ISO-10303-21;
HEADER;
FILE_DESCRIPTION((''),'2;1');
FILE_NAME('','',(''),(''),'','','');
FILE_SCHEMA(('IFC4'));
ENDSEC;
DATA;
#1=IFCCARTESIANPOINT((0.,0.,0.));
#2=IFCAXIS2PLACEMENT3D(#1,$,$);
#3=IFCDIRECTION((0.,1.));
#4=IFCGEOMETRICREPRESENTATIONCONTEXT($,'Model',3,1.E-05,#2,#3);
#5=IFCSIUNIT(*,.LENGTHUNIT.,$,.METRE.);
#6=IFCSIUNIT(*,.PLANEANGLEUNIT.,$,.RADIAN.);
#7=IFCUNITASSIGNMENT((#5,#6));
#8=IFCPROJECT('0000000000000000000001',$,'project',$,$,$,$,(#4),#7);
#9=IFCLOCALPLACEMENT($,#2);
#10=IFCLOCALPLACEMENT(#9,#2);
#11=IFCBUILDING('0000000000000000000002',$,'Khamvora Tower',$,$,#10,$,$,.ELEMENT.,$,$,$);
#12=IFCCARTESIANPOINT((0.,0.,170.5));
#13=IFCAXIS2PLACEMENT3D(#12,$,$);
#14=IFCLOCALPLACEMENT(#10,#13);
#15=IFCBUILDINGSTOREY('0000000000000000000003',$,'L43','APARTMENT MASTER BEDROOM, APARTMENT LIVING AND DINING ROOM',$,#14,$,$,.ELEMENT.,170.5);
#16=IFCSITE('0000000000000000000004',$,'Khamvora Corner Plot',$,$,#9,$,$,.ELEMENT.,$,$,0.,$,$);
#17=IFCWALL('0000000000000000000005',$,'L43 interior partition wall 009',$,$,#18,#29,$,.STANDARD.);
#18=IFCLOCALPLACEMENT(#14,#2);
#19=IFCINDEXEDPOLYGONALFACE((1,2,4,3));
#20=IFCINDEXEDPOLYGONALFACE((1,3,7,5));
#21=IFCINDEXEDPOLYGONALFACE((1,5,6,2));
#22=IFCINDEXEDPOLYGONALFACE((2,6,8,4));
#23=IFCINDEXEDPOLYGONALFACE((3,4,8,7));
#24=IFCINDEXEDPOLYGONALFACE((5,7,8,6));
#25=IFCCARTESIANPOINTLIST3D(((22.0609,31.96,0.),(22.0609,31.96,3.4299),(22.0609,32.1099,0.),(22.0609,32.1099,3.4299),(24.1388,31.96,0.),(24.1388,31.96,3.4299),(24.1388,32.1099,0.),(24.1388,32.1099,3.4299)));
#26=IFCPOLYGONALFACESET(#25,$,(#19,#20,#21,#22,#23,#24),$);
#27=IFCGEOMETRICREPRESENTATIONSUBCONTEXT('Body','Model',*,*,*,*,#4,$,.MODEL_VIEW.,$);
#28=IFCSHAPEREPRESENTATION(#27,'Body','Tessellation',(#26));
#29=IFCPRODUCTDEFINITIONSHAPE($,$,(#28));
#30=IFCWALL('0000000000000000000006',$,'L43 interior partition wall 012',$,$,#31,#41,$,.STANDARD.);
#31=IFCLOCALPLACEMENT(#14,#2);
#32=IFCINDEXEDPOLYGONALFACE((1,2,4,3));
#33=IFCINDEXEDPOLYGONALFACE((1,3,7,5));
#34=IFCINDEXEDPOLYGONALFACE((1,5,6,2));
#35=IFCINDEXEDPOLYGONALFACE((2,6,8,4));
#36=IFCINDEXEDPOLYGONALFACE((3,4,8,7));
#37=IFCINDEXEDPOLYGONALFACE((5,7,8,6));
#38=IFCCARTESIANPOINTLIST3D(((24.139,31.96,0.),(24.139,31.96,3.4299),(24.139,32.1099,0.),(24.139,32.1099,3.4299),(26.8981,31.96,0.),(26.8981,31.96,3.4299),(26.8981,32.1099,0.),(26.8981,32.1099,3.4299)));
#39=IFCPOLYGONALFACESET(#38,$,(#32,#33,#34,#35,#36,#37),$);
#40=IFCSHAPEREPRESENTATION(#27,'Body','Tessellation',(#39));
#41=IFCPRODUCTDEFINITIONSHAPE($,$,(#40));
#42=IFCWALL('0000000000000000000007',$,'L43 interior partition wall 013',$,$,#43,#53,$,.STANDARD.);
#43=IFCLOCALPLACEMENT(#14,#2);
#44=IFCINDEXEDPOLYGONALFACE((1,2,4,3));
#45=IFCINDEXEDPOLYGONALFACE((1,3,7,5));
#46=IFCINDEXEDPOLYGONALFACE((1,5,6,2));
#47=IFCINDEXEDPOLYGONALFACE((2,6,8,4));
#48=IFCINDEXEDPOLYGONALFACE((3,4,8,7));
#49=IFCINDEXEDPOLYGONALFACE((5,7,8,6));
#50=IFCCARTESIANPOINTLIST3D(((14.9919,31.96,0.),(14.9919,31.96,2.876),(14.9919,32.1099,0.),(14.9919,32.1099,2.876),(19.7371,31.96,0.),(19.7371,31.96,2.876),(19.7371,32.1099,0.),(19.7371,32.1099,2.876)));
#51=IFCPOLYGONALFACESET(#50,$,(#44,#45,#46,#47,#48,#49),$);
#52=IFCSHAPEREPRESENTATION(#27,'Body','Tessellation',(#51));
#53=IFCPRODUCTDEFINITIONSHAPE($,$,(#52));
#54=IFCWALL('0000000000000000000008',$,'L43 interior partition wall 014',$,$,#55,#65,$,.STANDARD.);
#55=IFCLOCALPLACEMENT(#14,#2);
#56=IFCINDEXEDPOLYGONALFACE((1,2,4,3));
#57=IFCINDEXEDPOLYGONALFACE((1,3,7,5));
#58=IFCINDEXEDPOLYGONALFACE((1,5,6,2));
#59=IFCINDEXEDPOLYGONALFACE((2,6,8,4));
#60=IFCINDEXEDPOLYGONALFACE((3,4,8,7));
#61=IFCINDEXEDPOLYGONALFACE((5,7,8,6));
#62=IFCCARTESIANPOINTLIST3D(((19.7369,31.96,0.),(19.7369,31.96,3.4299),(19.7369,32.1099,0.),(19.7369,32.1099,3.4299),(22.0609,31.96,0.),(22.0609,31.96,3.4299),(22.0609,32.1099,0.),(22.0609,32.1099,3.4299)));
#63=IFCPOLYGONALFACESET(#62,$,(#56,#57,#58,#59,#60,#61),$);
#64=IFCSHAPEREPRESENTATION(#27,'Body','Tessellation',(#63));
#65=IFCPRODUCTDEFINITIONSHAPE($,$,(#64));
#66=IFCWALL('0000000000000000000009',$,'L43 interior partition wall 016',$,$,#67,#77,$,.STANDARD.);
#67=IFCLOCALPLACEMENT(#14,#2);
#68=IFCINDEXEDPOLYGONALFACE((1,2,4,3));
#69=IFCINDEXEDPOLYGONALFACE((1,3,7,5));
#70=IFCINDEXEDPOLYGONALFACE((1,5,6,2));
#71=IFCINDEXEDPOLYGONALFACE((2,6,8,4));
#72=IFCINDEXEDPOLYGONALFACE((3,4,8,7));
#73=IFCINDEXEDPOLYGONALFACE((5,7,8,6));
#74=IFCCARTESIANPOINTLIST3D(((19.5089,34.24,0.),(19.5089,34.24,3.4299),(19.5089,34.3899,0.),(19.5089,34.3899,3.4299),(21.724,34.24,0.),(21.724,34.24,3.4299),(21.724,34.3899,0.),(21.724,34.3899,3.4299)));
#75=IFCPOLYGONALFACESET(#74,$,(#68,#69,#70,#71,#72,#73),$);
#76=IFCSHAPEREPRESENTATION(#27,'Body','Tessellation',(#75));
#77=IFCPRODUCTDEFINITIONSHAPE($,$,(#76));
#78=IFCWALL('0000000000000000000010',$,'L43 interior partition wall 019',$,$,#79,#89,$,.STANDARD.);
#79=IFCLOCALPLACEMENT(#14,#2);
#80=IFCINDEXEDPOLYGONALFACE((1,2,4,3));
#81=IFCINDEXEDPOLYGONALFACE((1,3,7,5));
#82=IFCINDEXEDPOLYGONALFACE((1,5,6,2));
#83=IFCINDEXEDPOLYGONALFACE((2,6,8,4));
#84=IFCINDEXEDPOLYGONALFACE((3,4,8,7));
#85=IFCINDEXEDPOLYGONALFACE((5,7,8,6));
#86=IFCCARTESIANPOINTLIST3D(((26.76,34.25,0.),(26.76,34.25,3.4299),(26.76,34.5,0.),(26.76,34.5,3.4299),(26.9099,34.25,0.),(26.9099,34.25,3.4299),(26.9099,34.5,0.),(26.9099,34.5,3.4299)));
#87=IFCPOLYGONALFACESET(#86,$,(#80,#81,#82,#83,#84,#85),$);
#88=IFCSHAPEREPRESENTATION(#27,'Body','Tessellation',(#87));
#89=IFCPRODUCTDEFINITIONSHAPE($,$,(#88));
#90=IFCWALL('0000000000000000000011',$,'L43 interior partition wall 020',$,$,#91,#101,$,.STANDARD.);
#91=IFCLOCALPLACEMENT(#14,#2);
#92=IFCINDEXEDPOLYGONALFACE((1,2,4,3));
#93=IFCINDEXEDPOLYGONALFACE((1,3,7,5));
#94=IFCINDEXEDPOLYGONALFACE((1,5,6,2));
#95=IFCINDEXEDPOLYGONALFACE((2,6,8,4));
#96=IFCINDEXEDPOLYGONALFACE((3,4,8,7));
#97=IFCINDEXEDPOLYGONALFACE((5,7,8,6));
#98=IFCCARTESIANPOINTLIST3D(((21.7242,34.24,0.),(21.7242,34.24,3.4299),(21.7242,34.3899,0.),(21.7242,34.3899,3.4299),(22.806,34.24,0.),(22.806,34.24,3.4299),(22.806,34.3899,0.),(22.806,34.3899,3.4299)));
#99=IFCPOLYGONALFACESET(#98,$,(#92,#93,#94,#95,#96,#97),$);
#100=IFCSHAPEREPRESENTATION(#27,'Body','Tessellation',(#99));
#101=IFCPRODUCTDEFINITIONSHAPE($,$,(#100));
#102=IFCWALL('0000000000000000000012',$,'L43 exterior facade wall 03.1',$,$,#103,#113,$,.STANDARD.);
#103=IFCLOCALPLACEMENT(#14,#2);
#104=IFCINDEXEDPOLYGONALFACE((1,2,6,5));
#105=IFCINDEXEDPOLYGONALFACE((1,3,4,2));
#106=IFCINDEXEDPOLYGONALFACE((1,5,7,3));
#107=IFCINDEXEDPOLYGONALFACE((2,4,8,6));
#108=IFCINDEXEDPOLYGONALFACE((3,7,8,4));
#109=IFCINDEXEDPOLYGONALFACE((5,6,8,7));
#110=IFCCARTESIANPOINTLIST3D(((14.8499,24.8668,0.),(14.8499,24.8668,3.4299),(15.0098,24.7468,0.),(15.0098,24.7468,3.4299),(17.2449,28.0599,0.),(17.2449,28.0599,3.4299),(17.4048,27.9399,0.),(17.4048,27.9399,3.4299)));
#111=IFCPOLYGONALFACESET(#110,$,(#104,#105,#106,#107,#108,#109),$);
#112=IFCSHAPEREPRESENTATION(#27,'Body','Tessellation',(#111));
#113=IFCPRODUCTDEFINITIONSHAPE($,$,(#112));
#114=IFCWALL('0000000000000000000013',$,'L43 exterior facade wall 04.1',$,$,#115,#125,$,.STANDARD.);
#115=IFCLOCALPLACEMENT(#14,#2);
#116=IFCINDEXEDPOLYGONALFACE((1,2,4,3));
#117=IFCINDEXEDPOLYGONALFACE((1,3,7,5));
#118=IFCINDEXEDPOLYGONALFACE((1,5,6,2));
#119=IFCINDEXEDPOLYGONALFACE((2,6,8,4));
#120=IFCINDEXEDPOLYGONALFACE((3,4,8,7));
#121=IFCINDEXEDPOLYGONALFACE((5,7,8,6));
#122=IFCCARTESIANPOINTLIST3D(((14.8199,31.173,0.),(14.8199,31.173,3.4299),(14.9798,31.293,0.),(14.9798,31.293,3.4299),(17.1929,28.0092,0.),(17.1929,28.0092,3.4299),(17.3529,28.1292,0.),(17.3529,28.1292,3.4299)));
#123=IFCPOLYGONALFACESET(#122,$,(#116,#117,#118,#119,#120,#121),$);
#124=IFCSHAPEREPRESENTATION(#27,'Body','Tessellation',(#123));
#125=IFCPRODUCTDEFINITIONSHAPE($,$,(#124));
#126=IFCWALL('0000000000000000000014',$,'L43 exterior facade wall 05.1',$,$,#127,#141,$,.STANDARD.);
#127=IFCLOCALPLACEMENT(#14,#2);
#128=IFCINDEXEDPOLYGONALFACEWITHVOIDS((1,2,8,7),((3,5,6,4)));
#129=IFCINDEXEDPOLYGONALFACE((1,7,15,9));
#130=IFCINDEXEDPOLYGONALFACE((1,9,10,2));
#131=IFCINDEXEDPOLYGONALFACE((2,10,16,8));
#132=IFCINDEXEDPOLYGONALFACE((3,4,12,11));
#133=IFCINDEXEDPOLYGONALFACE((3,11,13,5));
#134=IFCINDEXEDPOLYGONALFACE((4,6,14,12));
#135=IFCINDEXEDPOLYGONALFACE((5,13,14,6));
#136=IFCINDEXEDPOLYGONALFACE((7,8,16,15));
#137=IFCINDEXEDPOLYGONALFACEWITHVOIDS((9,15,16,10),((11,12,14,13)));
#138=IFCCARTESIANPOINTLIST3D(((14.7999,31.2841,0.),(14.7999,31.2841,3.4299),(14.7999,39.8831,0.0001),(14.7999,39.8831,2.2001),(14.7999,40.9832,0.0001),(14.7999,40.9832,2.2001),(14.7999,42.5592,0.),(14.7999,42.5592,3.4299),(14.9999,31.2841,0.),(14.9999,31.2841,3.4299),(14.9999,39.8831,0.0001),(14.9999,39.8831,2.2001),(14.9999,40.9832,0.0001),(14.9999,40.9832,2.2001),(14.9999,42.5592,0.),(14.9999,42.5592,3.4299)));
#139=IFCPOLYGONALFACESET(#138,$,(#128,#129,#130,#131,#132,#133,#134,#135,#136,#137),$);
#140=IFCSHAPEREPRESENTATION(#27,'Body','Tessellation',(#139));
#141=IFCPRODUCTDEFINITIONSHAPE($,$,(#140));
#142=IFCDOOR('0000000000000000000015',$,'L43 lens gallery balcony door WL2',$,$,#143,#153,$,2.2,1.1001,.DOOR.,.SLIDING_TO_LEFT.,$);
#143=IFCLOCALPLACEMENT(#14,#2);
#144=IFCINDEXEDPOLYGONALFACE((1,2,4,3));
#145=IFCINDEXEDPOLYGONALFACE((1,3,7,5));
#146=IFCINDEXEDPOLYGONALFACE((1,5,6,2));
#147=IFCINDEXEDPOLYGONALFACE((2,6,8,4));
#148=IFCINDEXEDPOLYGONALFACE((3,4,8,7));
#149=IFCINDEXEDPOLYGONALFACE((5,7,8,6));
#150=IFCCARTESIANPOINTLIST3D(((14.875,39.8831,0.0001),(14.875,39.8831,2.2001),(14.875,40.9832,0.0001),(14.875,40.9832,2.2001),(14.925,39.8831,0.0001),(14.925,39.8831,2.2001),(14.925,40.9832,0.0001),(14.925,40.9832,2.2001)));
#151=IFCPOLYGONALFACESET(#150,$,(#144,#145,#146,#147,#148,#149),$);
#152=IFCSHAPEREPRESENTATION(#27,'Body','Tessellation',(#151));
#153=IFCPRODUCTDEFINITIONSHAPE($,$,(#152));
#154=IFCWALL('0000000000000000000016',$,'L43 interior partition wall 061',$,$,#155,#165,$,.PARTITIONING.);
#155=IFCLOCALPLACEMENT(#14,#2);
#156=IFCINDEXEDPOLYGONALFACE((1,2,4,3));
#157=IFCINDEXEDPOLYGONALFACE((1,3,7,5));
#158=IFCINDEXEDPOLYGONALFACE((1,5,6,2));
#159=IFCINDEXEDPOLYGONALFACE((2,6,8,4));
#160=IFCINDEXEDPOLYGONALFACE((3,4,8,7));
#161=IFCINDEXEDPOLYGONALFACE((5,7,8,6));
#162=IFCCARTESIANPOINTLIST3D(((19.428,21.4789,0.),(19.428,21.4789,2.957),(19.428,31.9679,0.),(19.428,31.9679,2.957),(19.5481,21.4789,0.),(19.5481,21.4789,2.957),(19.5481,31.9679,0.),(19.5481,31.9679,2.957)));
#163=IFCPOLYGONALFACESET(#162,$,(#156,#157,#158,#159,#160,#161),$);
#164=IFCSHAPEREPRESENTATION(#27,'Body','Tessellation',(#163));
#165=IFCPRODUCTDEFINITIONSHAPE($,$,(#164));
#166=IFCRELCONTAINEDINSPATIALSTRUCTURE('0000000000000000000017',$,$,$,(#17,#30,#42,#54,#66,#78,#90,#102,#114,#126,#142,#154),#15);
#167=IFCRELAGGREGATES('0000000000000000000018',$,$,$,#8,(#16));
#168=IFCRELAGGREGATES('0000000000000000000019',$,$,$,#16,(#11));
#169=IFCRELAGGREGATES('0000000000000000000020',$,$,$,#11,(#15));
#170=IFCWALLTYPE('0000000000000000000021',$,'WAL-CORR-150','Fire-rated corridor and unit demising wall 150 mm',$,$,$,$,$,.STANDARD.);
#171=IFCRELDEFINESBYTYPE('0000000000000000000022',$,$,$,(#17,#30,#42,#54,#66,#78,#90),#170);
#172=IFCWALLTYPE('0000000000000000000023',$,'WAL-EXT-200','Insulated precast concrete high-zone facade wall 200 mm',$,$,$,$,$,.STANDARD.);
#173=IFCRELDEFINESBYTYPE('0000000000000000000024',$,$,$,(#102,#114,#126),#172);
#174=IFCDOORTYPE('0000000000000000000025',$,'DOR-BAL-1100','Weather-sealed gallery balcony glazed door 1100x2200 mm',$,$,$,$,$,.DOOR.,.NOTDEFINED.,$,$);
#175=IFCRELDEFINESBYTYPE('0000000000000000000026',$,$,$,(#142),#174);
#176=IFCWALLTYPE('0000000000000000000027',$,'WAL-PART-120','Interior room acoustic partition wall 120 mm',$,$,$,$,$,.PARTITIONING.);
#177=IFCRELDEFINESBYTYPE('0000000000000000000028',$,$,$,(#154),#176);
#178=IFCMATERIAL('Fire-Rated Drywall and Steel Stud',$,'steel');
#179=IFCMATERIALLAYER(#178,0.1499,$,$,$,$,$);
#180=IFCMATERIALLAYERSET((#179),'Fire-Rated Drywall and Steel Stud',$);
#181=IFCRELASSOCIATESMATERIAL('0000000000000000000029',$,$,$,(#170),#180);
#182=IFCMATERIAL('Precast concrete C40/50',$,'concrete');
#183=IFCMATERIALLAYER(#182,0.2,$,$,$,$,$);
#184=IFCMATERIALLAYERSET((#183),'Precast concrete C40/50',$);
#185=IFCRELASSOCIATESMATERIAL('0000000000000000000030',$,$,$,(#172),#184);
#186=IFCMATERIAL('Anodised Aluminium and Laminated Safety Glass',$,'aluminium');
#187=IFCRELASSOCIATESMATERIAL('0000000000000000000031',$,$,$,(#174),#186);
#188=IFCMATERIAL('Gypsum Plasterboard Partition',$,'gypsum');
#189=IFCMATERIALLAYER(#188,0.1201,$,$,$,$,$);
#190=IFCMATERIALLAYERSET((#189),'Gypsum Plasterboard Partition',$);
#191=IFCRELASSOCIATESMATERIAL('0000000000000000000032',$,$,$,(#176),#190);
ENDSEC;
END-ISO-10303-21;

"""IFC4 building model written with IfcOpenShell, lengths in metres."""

from ifc_helpers import new_model, si_unit, direction, frame, frame_2d, origin, place, context, subcontext, project, spatial, rectangle, extrude, material, layer, layer_set, type_object, element, fill, save


model = new_model("IFC4")

# Units and contexts
model_context = context("Model", 3, precision=1e-05, world=origin(), true_north=direction((0.0, 1.0)))
body_context = subcontext(model_context, "Body", "Model", "MODEL_VIEW")
ifc_project = project(units=[si_unit("LENGTHUNIT", "METRE"), si_unit("PLANEANGLEUNIT", "RADIAN")], contexts=[model_context])

# Site, building, storey
site_placement = place(None, origin())
site = spatial("IfcSite", under=ifc_project, at=site_placement, Name="Khamvora Corner Plot", CompositionType="ELEMENT", RefElevation=0.0)
building_placement = place(site_placement, origin())
building = spatial("IfcBuilding", under=site, at=building_placement, Name="Khamvora Tower", CompositionType="ELEMENT")
storey_placement = place(building_placement, frame((0.0, 0.0, 170.5)))
storey = spatial("IfcBuildingStorey", under=building, at=storey_placement, Name="L43", Description="APARTMENT MASTER BEDROOM, APARTMENT LIVING AND DINING ROOM", CompositionType="ELEMENT", Elevation=170.5)

# Walls
ifc_material_1 = material(Name="Fire-Rated Drywall and Steel Stud", Category="steel")
ifc_layer_1 = layer(ifc_material_1, 0.1499)
ifc_layer_set_1 = layer_set([ifc_layer_1], Name="Fire-Rated Drywall and Steel Stud")
wall_type_1 = type_object("IfcWallType", Name="WAL-CORR-150", Description="Fire-rated corridor and unit demising wall 150 mm", PredefinedType="STANDARD", material=ifc_layer_set_1)
wall_1_placement = place(storey_placement, frame((24.1389, 32.0349, 0.0), z_axis=(0.0, 0.0, 1.0), x_axis=(-1.0, 0.0, 0.0)))
element("IfcWall", 1, at=wall_1_placement, inside=storey, type_object=wall_type_1, Name="L43 interior partition wall 009", PredefinedType="STANDARD", context=body_context, shape_type="SweptSolid", body=[
    extrude(rectangle(XDim=2.0779, YDim=0.1499, at=frame_2d((1.0391, 0.0))), origin(), (0.0, 0.0, 1.0), 3.4299),
])
wall_2_placement = place(storey_placement, frame((26.8979, 32.0349, 0.0), z_axis=(0.0, 0.0, 1.0), x_axis=(-1.0, 0.0, 0.0)))
element("IfcWall", 2, at=wall_2_placement, inside=storey, type_object=wall_type_1, Name="L43 interior partition wall 012", PredefinedType="STANDARD", context=body_context, shape_type="SweptSolid", body=[
    extrude(rectangle(XDim=2.759, YDim=0.1499, at=frame_2d((1.3794, 0.0))), origin(), (0.0, 0.0, 1.0), 3.4299),
])
wall_3_placement = place(storey_placement, frame((19.7371, 32.0349, 0.0), z_axis=(0.0, 0.0, 1.0), x_axis=(-1.0, 0.0, 0.0)))
element("IfcWall", 3, at=wall_3_placement, inside=storey, type_object=wall_type_1, Name="L43 interior partition wall 013", PredefinedType="STANDARD", context=body_context, shape_type="SweptSolid", body=[
    extrude(rectangle(XDim=4.7451, YDim=0.1499, at=frame_2d((2.3726, 0.0))), origin(), (0.0, 0.0, 1.0), 2.876),
])
wall_4_placement = place(storey_placement, frame((22.061, 32.0349, 0.0), z_axis=(0.0, 0.0, 1.0), x_axis=(-1.0, 0.0, 0.0)))
element("IfcWall", 4, at=wall_4_placement, inside=storey, type_object=wall_type_1, Name="L43 interior partition wall 014", PredefinedType="STANDARD", context=body_context, shape_type="SweptSolid", body=[
    extrude(rectangle(XDim=2.324, YDim=0.1499, at=frame_2d((1.1621, 0.0))), origin(), (0.0, 0.0, 1.0), 3.4299),
])

# Wall
wall_5_placement = place(storey_placement, frame((19.509, 34.3149, 0.0), z_axis=(0.0, 0.0, 1.0), x_axis=(1.0, 0.0, 0.0)))
element("IfcWall", 5, at=wall_5_placement, inside=storey, type_object=wall_type_1, Name="L43 interior partition wall 016", PredefinedType="STANDARD", context=body_context, shape_type="SweptSolid", body=[
    extrude(rectangle(XDim=2.2151, YDim=0.1499, at=frame_2d((1.1074, 0.0))), origin(), (0.0, 0.0, 1.0), 3.4299),
])

# Walls
wall_6_placement = place(storey_placement, frame((26.835, 34.25, 0.0), z_axis=(0.0, 0.0, 1.0), x_axis=(0.0, 1.0, 0.0)))
element("IfcWall", 6, at=wall_6_placement, inside=storey, type_object=wall_type_1, Name="L43 interior partition wall 019", PredefinedType="STANDARD", context=body_context, shape_type="SweptSolid", body=[
    extrude(rectangle(XDim=0.25, YDim=0.1499, at=frame_2d((0.125, 0.0))), origin(), (0.0, 0.0, 1.0), 3.4299),
])
wall_7_placement = place(storey_placement, frame((21.7241, 34.3149, 0.0), z_axis=(0.0, 0.0, 1.0), x_axis=(1.0, 0.0, 0.0)))
element("IfcWall", 7, at=wall_7_placement, inside=storey, type_object=wall_type_1, Name="L43 interior partition wall 020", PredefinedType="STANDARD", context=body_context, shape_type="SweptSolid", body=[
    extrude(rectangle(XDim=1.0818, YDim=0.1499, at=frame_2d((0.541, 0.0))), origin(), (0.0, 0.0, 1.0), 3.4299),
])
ifc_material_2 = material(Name="Precast concrete C40/50", Category="concrete")
ifc_layer_2 = layer(ifc_material_2, 0.2)
ifc_layer_set_2 = layer_set([ifc_layer_2], Name="Precast concrete C40/50")
wall_type_2 = type_object("IfcWallType", Name="WAL-EXT-200", Description="Insulated precast concrete high-zone facade wall 200 mm", PredefinedType="STANDARD", material=ifc_layer_set_2)
wall_8_placement = place(storey_placement, frame((14.9299, 24.8069, 0.0), z_axis=(0.0, 0.0, 1.0), x_axis=(0.600029, 0.799978, 0.0)))
element("IfcWall", 8, at=wall_8_placement, inside=storey, type_object=wall_type_2, Name="L43 exterior facade wall 03.1", PredefinedType="STANDARD", context=body_context, shape_type="SweptSolid", body=[
    extrude(rectangle(XDim=3.9915, YDim=0.2, at=frame_2d((1.9956, 0.0))), origin(), (0.0, 0.0, 1.0), 3.4299),
])
wall_9_placement = place(storey_placement, frame((17.2729, 28.0691, 0.0), z_axis=(0.0, 0.0, 1.0), x_axis=(-0.60003, 0.799978, 0.0)))
element("IfcWall", 9, at=wall_9_placement, inside=storey, type_object=wall_type_2, Name="L43 exterior facade wall 04.1", PredefinedType="STANDARD", context=body_context, shape_type="SweptSolid", body=[
    extrude(rectangle(XDim=3.9548, YDim=0.2, at=frame_2d((1.9775, 0.0))), origin(), (0.0, 0.0, 1.0), 3.4299),
])

# Wall, opening, door
wall_10_placement = place(storey_placement, frame((14.8999, 31.2839, 0.0), z_axis=(0.0, 0.0, 1.0), x_axis=(0.0, 1.0, 0.0)))
wall_10 = element("IfcWall", 10, at=wall_10_placement, inside=storey, type_object=wall_type_2, Name="L43 exterior facade wall 05.1", PredefinedType="STANDARD", context=body_context, shape_type="SweptSolid", body=[
    extrude(rectangle(XDim=11.2751, YDim=0.2, at=frame_2d((5.6377, 0.0))), origin(), (0.0, 0.0, 1.0), 3.4299),
])
opening_1_placement = place(wall_10_placement, frame((8.5991, 0.0, 0.0)))
opening_1 = element("IfcOpeningElement", 11, at=opening_1_placement, cuts=wall_10, PredefinedType="OPENING", context=body_context, shape_type="SweptSolid", body=[
    extrude(rectangle(XDim=1.1001, YDim=2.2, at=frame_2d((0.55, 1.1001))), frame((0.0, 0.1099, 0.0), z_axis=(0.0, -1.0, 0.0), x_axis=(1.0, 0.0, 0.0)), (0.0, 0.0, 1.0), 0.22),
])
ifc_material_3 = material(Name="Anodised Aluminium and Laminated Safety Glass", Category="aluminium")
door_type_1 = type_object("IfcDoorType", Name="DOR-BAL-1100", Description="Weather-sealed gallery balcony glazed door 1100x2200 mm", OperationType="NOTDEFINED", PredefinedType="DOOR", material=ifc_material_3)
door_1_placement = place(opening_1_placement, origin())
door_1 = element("IfcDoor", 12, at=door_1_placement, inside=storey, type_object=door_type_1, Name="L43 lens gallery balcony door WL2", OperationType="SLIDING_TO_LEFT", OverallHeight=2.2, OverallWidth=1.1001, PredefinedType="DOOR", context=body_context, shape_type="SweptSolid", body=[
    extrude(rectangle(XDim=1.1001, YDim=2.2, at=frame_2d((0.55, 1.1001))), frame((0.0, 0.0249, 0.0), z_axis=(0.0, -1.0, 0.0), x_axis=(1.0, 0.0, 0.0)), (0.0, 0.0, 1.0), 0.05),
])
fill(opening_1, door_1)

# Wall
ifc_material_4 = material(Name="Gypsum Plasterboard Partition", Category="gypsum")
ifc_layer_3 = layer(ifc_material_4, 0.1201)
ifc_layer_set_3 = layer_set([ifc_layer_3], Name="Gypsum Plasterboard Partition")
wall_type_3 = type_object("IfcWallType", Name="WAL-PART-120", Description="Interior room acoustic partition wall 120 mm", PredefinedType="PARTITIONING", material=ifc_layer_set_3)
wall_11_placement = place(storey_placement, frame((19.488, 31.968, 0.0), z_axis=(0.0, 0.0, 1.0), x_axis=(0.0, -1.0, 0.0)))
element("IfcWall", 13, at=wall_11_placement, inside=storey, type_object=wall_type_3, Name="L43 interior partition wall 061", PredefinedType="PARTITIONING", context=body_context, shape_type="SweptSolid", body=[
    extrude(rectangle(XDim=10.489, YDim=0.1201, at=frame_2d((5.2446, 0.0))), origin(), (0.0, 0.0, 1.0), 2.957),
])

save(model, "model.ifc")
